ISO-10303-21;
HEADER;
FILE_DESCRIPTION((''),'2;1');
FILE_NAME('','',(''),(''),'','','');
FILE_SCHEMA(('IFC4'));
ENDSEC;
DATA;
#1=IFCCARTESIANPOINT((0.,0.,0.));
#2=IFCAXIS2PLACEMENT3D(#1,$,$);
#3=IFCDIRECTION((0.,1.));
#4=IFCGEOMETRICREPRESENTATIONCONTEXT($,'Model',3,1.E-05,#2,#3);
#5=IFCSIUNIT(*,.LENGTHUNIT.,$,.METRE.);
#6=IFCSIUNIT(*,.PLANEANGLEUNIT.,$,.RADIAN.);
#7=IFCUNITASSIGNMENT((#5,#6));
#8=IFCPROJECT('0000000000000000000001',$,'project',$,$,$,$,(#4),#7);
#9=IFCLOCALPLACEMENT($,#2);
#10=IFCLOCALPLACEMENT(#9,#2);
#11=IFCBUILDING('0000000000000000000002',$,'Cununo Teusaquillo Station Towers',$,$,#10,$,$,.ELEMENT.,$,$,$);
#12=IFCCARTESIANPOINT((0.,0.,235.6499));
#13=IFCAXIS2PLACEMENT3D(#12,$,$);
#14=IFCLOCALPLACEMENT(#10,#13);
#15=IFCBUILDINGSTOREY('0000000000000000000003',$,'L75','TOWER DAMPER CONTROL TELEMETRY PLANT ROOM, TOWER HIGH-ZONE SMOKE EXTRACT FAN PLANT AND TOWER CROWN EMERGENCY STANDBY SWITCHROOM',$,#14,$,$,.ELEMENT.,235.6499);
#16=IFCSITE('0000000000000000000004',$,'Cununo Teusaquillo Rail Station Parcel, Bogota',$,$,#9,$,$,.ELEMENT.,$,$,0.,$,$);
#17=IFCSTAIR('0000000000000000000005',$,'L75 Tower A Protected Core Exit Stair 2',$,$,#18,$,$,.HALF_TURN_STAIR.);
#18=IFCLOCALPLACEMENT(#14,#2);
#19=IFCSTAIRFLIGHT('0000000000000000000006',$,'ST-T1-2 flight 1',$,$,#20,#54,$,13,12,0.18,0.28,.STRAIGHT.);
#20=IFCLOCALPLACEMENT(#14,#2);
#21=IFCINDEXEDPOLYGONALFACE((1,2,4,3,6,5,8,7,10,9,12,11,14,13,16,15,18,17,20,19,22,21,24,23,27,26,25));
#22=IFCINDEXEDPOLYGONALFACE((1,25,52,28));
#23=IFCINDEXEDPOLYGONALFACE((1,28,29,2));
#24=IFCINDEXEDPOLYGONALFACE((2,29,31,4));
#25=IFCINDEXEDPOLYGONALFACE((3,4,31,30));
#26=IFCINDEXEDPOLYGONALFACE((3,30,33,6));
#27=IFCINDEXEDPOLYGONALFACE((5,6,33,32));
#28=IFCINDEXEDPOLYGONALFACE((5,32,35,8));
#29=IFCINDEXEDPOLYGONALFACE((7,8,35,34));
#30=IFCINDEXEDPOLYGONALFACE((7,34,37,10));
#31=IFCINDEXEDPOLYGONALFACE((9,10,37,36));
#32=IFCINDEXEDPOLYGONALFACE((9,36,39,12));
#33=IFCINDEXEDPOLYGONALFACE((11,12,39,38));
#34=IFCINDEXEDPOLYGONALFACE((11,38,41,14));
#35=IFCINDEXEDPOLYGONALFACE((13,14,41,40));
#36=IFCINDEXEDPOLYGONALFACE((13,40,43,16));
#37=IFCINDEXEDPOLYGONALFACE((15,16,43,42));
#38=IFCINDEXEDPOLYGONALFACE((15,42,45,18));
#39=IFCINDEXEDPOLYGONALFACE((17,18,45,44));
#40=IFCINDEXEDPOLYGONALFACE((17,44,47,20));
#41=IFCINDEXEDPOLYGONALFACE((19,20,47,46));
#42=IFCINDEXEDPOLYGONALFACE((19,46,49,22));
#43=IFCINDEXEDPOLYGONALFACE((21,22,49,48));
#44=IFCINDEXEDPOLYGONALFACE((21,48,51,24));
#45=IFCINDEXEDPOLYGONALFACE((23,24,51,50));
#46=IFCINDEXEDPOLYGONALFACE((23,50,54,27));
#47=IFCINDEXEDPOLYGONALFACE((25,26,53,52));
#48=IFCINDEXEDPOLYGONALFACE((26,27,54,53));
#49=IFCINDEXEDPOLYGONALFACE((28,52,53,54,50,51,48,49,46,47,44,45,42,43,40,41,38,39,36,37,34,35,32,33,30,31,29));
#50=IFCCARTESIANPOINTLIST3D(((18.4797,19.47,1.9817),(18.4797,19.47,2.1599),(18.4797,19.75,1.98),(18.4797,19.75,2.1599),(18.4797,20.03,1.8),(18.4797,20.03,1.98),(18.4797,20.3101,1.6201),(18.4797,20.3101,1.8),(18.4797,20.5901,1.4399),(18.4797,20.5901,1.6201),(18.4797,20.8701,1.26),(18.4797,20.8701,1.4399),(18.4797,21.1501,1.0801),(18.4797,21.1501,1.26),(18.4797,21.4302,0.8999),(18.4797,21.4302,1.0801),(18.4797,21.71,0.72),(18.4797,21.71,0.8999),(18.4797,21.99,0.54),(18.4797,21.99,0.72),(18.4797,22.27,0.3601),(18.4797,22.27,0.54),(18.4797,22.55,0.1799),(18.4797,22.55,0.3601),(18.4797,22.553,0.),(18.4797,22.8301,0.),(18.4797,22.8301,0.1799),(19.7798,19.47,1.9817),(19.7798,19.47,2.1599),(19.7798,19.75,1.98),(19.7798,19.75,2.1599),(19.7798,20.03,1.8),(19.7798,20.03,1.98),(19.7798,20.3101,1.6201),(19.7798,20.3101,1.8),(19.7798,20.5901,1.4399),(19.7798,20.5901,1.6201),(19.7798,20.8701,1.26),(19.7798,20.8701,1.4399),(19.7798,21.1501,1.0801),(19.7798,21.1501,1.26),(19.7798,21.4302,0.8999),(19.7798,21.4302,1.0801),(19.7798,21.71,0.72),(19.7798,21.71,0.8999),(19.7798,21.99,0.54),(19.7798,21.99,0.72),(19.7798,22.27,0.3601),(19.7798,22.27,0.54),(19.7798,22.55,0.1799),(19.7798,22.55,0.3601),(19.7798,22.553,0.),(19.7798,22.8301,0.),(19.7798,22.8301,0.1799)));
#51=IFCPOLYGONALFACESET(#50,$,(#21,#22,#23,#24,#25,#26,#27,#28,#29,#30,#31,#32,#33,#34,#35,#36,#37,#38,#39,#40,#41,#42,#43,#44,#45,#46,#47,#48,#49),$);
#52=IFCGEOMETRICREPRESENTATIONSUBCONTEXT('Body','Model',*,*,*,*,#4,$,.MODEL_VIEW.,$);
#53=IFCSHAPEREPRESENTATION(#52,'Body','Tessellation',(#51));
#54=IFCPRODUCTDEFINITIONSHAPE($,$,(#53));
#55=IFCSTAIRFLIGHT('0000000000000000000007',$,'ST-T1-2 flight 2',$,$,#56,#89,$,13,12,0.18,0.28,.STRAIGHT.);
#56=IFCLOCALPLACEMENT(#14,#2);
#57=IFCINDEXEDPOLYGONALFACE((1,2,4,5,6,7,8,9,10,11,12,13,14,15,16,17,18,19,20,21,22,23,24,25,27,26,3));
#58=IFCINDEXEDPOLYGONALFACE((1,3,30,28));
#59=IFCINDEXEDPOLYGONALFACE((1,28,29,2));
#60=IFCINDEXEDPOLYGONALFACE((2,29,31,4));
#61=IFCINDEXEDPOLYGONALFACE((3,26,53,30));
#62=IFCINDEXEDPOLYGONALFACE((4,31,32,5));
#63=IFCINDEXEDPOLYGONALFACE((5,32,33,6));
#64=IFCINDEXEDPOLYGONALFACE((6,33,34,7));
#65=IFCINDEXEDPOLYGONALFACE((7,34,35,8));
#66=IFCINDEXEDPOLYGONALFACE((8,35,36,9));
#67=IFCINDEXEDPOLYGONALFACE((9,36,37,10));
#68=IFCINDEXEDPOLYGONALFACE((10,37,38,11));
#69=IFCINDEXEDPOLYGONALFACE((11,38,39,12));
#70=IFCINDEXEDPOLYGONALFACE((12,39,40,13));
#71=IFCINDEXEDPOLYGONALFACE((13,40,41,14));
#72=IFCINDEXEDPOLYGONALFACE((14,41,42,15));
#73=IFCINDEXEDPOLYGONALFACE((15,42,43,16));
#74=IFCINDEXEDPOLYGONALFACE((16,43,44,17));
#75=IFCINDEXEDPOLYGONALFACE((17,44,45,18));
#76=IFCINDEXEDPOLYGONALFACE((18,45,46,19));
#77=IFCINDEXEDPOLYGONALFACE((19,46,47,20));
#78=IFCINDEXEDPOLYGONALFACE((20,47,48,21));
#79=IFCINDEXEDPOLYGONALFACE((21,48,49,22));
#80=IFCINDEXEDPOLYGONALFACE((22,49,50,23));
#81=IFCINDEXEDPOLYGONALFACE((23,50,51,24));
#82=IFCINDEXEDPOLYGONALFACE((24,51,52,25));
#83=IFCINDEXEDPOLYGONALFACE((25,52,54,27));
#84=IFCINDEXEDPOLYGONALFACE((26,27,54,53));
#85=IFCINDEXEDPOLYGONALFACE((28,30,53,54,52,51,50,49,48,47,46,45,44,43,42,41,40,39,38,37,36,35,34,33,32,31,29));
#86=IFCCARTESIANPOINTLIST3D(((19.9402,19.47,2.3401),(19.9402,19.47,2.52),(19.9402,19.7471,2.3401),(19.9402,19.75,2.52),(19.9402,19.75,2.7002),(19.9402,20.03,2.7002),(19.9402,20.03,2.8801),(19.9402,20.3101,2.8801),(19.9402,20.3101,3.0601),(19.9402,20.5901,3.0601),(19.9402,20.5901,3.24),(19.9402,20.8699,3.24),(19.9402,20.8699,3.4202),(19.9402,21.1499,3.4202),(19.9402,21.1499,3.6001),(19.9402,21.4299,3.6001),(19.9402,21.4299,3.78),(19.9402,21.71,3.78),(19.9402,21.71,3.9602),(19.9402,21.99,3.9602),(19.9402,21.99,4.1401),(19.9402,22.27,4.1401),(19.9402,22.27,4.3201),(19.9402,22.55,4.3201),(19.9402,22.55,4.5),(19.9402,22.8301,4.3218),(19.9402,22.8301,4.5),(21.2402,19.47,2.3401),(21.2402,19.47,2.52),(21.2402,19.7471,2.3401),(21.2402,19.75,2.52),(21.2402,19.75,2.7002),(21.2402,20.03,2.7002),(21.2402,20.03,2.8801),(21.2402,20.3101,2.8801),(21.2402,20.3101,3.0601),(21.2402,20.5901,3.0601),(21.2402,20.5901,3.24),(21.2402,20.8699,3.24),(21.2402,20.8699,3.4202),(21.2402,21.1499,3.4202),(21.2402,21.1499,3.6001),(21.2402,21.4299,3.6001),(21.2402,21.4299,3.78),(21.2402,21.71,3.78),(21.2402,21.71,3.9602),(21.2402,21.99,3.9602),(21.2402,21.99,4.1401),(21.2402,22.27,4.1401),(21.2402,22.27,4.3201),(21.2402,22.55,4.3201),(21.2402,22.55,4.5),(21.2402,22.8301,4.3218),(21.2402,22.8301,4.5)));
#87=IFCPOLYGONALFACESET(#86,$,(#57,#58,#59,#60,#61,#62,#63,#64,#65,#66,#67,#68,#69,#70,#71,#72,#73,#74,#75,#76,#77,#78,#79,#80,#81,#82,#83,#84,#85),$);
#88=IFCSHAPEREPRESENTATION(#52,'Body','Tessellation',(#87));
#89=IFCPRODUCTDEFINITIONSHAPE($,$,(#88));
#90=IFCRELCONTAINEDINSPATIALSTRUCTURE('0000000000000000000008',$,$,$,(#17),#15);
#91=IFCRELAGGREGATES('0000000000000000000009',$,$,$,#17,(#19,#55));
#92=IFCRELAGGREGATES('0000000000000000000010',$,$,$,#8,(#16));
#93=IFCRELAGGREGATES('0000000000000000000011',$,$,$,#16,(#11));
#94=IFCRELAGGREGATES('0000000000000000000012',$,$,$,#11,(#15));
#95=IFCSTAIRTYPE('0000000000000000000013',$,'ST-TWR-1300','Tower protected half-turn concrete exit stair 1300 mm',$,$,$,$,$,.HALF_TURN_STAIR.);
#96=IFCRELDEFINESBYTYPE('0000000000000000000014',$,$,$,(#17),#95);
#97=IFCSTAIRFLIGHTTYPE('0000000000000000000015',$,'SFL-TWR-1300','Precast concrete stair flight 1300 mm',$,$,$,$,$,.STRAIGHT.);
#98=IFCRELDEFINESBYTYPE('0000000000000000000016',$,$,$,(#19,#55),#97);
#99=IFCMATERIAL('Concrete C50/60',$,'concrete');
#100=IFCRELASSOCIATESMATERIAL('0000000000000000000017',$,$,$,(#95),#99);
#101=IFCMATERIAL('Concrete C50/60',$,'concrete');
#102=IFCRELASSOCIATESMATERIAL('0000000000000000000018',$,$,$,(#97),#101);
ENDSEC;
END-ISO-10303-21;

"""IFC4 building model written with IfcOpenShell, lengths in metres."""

from ifc_helpers import new_model, si_unit, direction, frame, origin, place, context, subcontext, project, spatial, polyline, outline, extrude, material, type_object, element, aggregate, save


model = new_model("IFC4")

# Units and contexts
model_context = context("Model", 3, precision=1e-05, world=origin(), true_north=direction((0.0, 1.0)))
body_context = subcontext(model_context, "Body", "Model", "MODEL_VIEW")
ifc_project = project(units=[si_unit("LENGTHUNIT", "METRE"), si_unit("PLANEANGLEUNIT", "RADIAN")], contexts=[model_context])

# Site, building, storey
site_placement = place(None, origin())
site = spatial("IfcSite", under=ifc_project, at=site_placement, Name="Cununo Teusaquillo Rail Station Parcel, Bogota", CompositionType="ELEMENT", RefElevation=0.0)
building_placement = place(site_placement, origin())
building = spatial("IfcBuilding", under=site, at=building_placement, Name="Cununo Teusaquillo Station Towers", CompositionType="ELEMENT")
storey_placement = place(building_placement, frame((0.0, 0.0, 235.6499)))
storey = spatial("IfcBuildingStorey", under=building, at=storey_placement, Name="L75", Description="TOWER DAMPER CONTROL TELEMETRY PLANT ROOM, TOWER HIGH-ZONE SMOKE EXTRACT FAN PLANT AND TOWER CROWN EMERGENCY STANDBY SWITCHROOM", CompositionType="ELEMENT", Elevation=235.6499)

# Stair, stair flights
ifc_material_1 = material(Name="Concrete C50/60", Category="concrete")
stair_type = type_object("IfcStairType", Name="ST-TWR-1300", Description="Tower protected half-turn concrete exit stair 1300 mm", PredefinedType="HALF_TURN_STAIR", material=ifc_material_1)
stair_placement = place(storey_placement, origin())
stair = element("IfcStair", 1, at=stair_placement, inside=storey, type_object=stair_type, Name="L75 Tower A Protected Core Exit Stair 2", PredefinedType="HALF_TURN_STAIR")
ifc_material_2 = material(Name="Concrete C50/60", Category="concrete")
stair_flight_type = type_object("IfcStairFlightType", Name="SFL-TWR-1300", Description="Precast concrete stair flight 1300 mm", PredefinedType="STRAIGHT", material=ifc_material_2)
stair_flight_1_placement = place(storey_placement, frame((19.1299, 22.8301, 0.0), z_axis=(0.0, 0.0, 1.0), x_axis=(0.0, -1.0, 0.0)))
stair_flight_1 = element("IfcStairFlight", 2, at=stair_flight_1_placement, type_object=stair_flight_type, Name="ST-T1-2 flight 1", NumberOfRisers=13, NumberOfTreads=12, PredefinedType="STRAIGHT", RiserHeight=0.18, TreadLength=0.28, context=body_context, shape_type="SweptSolid", body=[
    extrude(outline(polyline([(0.0, 0.0), (0.0, 0.1799), (0.28, 0.1799), (0.28, 0.3601), (0.5601, 0.3601), (0.5601, 0.54), (0.8401, 0.54), (0.8401, 0.72), (1.1201, 0.72), (1.1201, 0.8999), (1.3999, 0.8999), (1.3999, 1.0801), (1.6799, 1.0801), (1.6799, 1.26), (1.96, 1.26), (1.96, 1.4399), (2.24, 1.4399), (2.24, 1.6201), (2.52, 1.6201), (2.52, 1.8), (2.8, 1.8), (2.8, 1.98), (3.0801, 1.98), (3.0801, 2.1599), (3.3601, 2.1599), (3.3601, 2.3401), (3.3601, 1.9817), (0.2771, 0.0), (0.0, 0.0)])), frame((0.0, 0.6499, 0.0), z_axis=(0.0, -1.0, 0.0), x_axis=(1.0, 0.0, 0.0)), (0.0, 0.0, 1.0), 1.3),
])
stair_flight_2_placement = place(storey_placement, frame((20.5901, 19.47, 2.3401), z_axis=(0.0, 0.0, 1.0), x_axis=(0.0, 1.0, 0.0)))
stair_flight_2 = element("IfcStairFlight", 3, at=stair_flight_2_placement, type_object=stair_flight_type, Name="ST-T1-2 flight 2", NumberOfRisers=13, NumberOfTreads=12, PredefinedType="STRAIGHT", RiserHeight=0.18, TreadLength=0.28, context=body_context, shape_type="SweptSolid", body=[
    extrude(outline(polyline([(0.0, 0.0), (0.0, 0.1799), (0.28, 0.1799), (0.28, 0.3601), (0.5601, 0.3601), (0.5601, 0.54), (0.8401, 0.54), (0.8401, 0.72), (1.1201, 0.72), (1.1201, 0.8999), (1.3999, 0.8999), (1.3999, 1.0801), (1.6799, 1.0801), (1.6799, 1.26), (1.96, 1.26), (1.96, 1.4399), (2.24, 1.4399), (2.24, 1.6201), (2.52, 1.6201), (2.52, 1.8), (2.8, 1.8), (2.8, 1.98), (3.0801, 1.98), (3.0801, 2.1599), (3.3601, 2.1599), (3.3601, 2.3401), (3.3601, 1.9817), (0.2771, 0.0), (0.0, 0.0)])), frame((0.0, 0.6499, 0.0), z_axis=(0.0, -1.0, 0.0), x_axis=(1.0, 0.0, 0.0)), (0.0, 0.0, 1.0), 1.3),
])
aggregate(stair, [stair_flight_1, stair_flight_2])

save(model, "model.ifc")
